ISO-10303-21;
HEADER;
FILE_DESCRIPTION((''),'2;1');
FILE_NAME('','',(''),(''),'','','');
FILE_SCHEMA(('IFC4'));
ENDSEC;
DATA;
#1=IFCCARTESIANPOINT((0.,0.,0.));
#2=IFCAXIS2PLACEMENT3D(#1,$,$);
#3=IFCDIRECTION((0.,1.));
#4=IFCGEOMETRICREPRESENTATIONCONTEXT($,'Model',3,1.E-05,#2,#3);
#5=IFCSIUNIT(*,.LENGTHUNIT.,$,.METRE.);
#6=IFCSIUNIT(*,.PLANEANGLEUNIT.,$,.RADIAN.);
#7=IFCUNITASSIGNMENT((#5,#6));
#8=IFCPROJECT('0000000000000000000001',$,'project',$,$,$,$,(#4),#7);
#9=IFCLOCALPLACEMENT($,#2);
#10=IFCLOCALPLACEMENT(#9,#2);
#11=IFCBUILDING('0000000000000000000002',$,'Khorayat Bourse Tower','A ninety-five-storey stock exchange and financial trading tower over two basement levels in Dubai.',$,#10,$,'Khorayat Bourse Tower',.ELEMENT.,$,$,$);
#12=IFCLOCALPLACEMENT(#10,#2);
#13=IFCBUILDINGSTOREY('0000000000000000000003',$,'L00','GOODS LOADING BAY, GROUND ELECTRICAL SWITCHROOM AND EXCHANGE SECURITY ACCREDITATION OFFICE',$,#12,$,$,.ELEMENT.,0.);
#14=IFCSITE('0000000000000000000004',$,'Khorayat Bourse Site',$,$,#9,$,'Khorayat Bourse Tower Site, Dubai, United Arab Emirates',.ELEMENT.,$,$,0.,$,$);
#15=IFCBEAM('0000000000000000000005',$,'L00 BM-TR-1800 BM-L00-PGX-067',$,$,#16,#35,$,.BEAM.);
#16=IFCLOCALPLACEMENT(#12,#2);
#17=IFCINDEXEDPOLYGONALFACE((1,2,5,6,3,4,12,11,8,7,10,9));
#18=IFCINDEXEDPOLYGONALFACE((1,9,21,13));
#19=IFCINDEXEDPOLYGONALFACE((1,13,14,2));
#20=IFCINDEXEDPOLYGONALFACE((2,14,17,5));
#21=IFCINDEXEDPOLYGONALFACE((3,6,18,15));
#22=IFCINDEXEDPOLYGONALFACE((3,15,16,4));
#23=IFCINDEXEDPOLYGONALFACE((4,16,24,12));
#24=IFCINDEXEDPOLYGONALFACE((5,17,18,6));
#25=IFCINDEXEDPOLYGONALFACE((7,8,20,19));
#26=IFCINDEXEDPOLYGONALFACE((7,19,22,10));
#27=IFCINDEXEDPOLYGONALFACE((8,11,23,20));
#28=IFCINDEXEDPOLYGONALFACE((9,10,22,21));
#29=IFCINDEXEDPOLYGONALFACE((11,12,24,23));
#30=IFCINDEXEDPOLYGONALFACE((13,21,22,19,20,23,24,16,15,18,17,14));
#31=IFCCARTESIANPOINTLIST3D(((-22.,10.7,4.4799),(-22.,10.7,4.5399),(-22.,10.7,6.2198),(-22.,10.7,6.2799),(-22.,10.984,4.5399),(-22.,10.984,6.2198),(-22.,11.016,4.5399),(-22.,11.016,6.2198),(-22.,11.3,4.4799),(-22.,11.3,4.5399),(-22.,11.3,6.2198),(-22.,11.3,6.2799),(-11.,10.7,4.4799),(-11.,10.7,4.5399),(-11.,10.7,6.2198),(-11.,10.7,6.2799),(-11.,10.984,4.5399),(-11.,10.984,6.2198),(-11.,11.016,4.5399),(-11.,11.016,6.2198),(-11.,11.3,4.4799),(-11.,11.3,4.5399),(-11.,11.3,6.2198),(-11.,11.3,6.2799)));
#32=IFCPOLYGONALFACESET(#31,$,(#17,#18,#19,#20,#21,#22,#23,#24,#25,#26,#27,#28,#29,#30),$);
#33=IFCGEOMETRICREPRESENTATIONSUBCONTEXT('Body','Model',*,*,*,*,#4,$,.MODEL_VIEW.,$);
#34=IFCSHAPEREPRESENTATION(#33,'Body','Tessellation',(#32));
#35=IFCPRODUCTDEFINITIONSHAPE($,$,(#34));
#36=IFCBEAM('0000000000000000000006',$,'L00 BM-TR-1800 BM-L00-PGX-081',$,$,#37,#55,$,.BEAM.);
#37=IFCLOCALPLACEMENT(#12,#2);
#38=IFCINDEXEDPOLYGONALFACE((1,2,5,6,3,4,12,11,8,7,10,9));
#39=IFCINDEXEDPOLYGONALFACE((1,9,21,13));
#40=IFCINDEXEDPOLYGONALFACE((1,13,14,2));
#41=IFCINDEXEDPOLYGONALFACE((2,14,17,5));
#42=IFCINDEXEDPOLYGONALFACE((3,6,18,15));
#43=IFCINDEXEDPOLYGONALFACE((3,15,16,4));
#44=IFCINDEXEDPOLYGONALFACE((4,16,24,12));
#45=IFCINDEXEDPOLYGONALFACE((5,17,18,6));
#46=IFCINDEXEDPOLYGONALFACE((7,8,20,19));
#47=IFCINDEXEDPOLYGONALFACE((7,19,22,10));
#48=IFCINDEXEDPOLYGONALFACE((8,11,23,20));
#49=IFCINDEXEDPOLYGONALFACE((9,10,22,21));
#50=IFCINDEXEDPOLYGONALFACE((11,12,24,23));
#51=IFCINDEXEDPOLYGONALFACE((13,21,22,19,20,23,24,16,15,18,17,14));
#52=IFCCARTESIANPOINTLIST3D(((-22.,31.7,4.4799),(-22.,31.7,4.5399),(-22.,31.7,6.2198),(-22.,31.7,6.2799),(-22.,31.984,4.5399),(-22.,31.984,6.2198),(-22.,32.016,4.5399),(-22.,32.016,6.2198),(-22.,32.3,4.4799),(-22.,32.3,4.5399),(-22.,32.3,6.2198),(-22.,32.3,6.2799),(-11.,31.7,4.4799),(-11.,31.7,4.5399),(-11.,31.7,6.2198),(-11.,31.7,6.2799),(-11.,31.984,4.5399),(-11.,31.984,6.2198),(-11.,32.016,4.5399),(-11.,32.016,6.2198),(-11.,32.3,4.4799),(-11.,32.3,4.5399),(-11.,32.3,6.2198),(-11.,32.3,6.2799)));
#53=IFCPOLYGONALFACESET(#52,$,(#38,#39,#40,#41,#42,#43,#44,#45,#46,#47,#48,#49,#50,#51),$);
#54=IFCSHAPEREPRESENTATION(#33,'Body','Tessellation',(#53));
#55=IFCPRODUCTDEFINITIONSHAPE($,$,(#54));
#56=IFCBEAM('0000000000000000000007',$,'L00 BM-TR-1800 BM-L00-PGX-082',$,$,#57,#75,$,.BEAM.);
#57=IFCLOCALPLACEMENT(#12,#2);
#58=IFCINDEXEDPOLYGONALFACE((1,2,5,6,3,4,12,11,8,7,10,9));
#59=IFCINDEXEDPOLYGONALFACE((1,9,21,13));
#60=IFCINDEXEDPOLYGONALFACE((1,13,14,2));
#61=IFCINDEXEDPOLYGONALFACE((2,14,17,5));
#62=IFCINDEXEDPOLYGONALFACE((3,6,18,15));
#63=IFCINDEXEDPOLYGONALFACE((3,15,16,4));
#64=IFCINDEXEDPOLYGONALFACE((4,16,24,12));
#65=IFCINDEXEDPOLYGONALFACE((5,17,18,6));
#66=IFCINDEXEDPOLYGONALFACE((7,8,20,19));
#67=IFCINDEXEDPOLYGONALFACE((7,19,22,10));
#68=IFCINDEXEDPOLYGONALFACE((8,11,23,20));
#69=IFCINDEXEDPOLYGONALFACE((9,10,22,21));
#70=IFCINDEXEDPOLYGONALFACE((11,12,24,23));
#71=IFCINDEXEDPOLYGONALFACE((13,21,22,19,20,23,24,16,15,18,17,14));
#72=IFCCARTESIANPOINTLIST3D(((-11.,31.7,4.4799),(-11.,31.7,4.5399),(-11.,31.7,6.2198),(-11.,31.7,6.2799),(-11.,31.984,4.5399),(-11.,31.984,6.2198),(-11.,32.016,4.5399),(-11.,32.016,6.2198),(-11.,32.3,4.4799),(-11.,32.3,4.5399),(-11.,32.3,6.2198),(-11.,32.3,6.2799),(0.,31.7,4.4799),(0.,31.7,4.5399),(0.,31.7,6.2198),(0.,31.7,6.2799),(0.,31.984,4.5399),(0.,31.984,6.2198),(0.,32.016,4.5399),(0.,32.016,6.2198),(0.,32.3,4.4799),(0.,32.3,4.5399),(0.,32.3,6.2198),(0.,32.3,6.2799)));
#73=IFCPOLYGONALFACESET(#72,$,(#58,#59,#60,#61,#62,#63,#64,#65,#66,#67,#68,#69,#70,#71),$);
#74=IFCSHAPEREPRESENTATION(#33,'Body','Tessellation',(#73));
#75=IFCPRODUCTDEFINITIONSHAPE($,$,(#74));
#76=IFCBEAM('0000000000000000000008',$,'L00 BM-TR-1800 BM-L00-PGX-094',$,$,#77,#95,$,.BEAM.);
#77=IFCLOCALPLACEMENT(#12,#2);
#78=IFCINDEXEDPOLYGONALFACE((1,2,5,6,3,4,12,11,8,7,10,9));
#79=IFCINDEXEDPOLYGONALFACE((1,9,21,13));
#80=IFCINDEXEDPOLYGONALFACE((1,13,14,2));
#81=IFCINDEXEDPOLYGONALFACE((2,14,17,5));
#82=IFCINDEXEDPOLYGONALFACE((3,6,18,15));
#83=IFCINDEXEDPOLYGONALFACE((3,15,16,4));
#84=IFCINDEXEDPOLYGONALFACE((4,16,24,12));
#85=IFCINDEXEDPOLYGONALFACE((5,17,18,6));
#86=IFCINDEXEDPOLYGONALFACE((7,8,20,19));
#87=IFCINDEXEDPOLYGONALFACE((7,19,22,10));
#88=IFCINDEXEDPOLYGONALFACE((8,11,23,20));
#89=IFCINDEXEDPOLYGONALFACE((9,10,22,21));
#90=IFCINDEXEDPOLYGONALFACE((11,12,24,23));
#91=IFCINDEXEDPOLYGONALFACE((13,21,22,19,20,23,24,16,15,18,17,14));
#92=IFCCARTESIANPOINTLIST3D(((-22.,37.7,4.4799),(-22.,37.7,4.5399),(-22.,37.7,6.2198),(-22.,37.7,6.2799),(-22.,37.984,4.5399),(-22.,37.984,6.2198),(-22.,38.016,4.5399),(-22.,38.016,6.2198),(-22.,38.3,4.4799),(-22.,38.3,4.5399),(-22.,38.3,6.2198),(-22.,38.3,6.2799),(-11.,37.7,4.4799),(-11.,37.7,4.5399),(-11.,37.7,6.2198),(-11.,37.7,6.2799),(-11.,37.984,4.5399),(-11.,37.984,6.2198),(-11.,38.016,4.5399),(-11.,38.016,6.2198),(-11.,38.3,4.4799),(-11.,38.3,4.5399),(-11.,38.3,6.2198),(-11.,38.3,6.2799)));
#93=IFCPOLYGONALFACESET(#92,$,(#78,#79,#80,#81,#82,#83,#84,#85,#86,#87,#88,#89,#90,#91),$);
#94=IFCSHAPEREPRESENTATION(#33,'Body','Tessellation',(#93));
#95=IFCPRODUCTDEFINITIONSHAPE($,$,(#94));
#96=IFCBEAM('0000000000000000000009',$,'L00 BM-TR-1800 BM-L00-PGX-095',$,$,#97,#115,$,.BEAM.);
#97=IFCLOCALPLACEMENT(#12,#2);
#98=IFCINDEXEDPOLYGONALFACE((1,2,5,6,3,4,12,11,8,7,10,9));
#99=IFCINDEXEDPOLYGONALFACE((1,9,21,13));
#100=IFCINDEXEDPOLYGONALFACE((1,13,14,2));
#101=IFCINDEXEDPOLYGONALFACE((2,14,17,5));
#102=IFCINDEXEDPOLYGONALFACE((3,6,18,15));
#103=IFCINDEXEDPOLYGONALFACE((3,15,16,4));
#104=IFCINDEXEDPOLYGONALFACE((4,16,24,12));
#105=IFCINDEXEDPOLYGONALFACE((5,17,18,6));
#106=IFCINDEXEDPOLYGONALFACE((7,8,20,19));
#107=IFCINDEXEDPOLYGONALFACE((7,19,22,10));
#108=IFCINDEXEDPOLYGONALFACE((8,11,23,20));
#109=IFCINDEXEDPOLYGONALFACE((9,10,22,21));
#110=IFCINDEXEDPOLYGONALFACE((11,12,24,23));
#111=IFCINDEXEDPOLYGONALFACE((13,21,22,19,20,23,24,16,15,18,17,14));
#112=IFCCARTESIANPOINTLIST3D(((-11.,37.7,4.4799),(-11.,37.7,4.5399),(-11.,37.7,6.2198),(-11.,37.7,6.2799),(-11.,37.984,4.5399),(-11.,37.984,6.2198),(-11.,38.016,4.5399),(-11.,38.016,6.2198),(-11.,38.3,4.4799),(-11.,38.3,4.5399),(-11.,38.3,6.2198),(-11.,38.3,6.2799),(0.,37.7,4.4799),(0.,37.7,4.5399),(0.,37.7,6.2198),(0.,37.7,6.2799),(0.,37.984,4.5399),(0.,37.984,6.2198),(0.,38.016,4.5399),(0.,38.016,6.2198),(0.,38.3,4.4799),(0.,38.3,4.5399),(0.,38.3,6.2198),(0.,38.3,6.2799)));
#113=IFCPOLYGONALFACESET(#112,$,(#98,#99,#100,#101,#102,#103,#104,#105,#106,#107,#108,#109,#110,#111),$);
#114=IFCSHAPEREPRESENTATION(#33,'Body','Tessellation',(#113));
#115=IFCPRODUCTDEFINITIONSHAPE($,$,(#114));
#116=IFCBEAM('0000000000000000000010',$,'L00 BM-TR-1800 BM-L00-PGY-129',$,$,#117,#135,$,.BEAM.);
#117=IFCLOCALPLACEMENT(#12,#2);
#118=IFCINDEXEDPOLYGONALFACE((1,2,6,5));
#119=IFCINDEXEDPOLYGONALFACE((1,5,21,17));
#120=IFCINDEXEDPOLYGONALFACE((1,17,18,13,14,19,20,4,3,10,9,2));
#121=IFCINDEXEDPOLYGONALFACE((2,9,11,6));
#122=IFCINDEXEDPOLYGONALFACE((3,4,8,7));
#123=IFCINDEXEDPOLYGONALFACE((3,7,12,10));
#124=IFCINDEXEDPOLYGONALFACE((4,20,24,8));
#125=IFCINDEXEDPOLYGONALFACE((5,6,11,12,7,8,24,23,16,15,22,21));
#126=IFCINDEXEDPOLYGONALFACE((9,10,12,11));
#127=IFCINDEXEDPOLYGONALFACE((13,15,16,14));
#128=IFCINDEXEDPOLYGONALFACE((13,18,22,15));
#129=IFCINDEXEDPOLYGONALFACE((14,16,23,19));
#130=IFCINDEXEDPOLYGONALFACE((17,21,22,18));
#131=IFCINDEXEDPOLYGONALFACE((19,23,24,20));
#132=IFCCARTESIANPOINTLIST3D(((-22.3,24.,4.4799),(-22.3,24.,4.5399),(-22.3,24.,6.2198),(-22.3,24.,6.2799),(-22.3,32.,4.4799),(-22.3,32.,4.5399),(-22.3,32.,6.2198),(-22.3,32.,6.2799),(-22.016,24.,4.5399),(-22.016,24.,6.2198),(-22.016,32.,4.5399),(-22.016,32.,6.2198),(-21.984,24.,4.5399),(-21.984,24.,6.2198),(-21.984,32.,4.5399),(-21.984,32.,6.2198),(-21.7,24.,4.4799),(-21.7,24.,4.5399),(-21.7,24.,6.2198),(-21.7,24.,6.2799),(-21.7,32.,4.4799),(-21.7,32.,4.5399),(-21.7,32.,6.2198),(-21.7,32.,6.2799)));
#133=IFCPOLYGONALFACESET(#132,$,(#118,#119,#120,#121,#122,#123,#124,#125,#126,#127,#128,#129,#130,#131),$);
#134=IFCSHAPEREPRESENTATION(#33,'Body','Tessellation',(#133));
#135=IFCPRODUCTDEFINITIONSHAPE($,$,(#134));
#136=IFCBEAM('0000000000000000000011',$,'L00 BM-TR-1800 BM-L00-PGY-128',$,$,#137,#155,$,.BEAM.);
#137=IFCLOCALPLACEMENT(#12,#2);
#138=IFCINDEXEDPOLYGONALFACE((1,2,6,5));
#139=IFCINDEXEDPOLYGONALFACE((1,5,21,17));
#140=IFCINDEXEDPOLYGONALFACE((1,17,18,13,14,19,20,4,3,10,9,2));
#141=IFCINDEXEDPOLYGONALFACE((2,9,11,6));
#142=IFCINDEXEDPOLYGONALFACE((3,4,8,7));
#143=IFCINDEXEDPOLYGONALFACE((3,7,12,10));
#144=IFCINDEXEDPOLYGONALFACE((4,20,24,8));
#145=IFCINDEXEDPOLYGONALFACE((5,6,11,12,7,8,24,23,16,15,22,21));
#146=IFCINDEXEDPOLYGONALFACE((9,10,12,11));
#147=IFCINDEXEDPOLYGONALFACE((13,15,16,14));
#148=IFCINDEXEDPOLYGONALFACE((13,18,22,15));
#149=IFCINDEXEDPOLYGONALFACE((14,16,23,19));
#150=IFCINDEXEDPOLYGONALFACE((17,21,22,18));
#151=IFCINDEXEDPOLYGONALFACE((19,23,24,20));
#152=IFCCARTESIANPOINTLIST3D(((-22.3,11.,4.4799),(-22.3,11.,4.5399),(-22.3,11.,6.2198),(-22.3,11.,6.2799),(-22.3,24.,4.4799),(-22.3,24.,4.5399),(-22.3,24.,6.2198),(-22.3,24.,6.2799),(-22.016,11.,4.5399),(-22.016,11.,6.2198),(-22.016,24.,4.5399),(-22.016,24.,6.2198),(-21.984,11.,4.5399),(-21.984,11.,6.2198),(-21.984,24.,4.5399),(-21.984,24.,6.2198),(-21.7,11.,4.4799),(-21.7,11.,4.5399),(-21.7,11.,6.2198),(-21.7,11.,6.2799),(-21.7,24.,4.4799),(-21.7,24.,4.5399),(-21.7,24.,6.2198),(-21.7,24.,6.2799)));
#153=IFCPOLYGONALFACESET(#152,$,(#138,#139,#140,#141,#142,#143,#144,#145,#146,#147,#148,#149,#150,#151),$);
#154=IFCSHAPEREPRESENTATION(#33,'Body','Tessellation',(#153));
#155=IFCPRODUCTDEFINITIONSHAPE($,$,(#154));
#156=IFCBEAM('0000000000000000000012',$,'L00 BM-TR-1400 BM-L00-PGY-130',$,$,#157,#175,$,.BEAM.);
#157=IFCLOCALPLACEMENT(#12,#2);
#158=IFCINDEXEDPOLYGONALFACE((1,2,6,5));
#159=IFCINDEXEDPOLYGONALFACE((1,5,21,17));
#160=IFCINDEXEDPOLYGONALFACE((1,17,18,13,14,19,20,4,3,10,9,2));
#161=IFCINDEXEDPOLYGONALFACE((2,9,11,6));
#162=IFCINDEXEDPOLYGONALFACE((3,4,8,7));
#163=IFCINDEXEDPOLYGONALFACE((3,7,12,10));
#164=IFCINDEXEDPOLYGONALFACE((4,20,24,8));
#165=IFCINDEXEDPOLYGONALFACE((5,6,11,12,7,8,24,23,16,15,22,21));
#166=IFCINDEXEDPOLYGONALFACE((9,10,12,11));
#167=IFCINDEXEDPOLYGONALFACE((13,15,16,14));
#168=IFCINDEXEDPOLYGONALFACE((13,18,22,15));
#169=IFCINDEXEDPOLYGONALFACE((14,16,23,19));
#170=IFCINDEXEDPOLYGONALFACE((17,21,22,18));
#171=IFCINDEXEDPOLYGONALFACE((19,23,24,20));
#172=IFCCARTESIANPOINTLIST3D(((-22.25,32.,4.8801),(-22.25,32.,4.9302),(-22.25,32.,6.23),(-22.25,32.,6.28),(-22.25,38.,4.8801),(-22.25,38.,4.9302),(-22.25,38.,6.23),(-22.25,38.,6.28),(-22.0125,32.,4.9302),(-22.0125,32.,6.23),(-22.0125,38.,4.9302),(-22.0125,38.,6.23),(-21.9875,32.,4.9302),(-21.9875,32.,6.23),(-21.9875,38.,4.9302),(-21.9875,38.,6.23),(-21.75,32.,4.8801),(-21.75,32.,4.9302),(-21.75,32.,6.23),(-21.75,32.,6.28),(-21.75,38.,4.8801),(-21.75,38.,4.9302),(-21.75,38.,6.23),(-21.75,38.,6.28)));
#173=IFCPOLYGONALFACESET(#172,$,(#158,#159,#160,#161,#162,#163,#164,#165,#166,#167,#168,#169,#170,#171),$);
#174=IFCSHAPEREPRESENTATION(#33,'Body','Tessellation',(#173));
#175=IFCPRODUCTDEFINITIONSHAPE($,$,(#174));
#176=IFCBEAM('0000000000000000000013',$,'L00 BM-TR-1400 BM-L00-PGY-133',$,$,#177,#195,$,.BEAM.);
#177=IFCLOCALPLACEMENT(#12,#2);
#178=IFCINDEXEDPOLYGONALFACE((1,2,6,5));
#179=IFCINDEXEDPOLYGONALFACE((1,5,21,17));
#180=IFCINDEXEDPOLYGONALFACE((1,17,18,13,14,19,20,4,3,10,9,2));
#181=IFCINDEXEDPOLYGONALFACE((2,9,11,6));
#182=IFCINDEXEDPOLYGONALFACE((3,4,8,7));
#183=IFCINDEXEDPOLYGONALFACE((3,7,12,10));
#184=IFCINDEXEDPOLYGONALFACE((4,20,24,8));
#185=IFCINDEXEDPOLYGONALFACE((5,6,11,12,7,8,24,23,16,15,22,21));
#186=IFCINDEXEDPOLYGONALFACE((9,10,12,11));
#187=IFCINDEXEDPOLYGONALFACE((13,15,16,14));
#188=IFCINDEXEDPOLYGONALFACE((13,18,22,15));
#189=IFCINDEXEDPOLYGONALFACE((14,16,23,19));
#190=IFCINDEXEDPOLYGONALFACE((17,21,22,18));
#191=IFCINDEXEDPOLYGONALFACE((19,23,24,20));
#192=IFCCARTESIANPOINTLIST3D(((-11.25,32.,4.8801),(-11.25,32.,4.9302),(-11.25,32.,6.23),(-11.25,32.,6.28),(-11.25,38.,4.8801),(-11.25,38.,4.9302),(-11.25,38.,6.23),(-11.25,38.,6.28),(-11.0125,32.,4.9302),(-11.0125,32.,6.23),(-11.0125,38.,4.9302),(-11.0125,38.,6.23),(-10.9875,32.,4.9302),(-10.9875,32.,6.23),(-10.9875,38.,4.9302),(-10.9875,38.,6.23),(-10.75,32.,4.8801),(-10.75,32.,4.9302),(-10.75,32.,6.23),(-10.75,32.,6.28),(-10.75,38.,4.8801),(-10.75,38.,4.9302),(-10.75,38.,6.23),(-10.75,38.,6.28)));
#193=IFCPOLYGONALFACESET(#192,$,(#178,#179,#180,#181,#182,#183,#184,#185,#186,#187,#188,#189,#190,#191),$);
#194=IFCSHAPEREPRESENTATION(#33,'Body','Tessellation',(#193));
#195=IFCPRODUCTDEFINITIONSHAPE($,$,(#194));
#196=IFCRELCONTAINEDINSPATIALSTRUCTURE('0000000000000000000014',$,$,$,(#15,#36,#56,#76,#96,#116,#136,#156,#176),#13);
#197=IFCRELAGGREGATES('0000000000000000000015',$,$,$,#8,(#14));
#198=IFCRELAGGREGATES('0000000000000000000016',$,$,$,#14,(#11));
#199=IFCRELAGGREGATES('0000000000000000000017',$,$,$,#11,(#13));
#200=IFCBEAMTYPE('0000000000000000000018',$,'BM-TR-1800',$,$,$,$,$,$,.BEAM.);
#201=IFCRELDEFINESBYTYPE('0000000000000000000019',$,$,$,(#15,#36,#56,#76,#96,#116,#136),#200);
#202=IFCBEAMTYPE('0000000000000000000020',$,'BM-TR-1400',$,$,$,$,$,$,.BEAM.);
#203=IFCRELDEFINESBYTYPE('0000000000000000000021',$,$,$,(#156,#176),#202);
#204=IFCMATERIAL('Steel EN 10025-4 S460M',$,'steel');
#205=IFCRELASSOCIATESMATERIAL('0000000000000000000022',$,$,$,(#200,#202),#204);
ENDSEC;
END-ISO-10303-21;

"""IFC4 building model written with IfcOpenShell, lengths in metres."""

from ifc_helpers import new_model, si_unit, direction, frame, origin, origin_2d, place, context, subcontext, project, spatial, i_section, extrude, source, transform, mapped, material, material_profile, profile_set, type_object, element, save


model = new_model("IFC4")

# Units and contexts
model_context = context("Model", 3, precision=1e-05, world=origin(), true_north=direction((0.0, 1.0)))
body_context = subcontext(model_context, "Body", "Model", "MODEL_VIEW")
ifc_project = project(units=[si_unit("LENGTHUNIT", "METRE"), si_unit("PLANEANGLEUNIT", "RADIAN")], contexts=[model_context])

# Site, building, storey
site_placement = place(None, origin())
site = spatial("IfcSite", under=ifc_project, at=site_placement, Name="Khorayat Bourse Site", LongName="Khorayat Bourse Tower Site, Dubai, United Arab Emirates", CompositionType="ELEMENT", RefElevation=0.0)
building_placement = place(site_placement, origin())
building = spatial("IfcBuilding", under=site, at=building_placement, Name="Khorayat Bourse Tower", Description="A ninety-five-storey stock exchange and financial trading tower over two basement levels in Dubai.", LongName="Khorayat Bourse Tower", CompositionType="ELEMENT")
storey_placement = place(building_placement, origin())
storey = spatial("IfcBuildingStorey", under=building, at=storey_placement, Name="L00", Description="GOODS LOADING BAY, GROUND ELECTRICAL SWITCHROOM AND EXCHANGE SECURITY ACCREDITATION OFFICE", CompositionType="ELEMENT", Elevation=0.0)

# Beams
ifc_material_1 = material(Name="Steel EN 10025-4 S460M", Category="steel")
ifc_material_profile_1 = material_profile(ifc_material_1, i_section(OverallWidth=0.6001, OverallDepth=1.8, WebThickness=0.032, FlangeThickness=0.0601, at=origin_2d()), Name="PG 1800x600x32x60")
ifc_profile_set_1 = profile_set([ifc_material_profile_1], Name="Steel EN 10025-4 S460M")
beam_type_1 = type_object("IfcBeamType", Name="BM-TR-1800", PredefinedType="BEAM", material=ifc_profile_set_1)
shared_shape_1 = source(origin(), body_context, "Body", "SweptSolid", [
    extrude(i_section(OverallWidth=0.6001, OverallDepth=1.8, WebThickness=0.032, FlangeThickness=0.0601, at=origin_2d()), origin(), (0.0, 0.0, 1.0), 11.0),
])
for number, where, z_axis, x_axis, name in (
    (1, (-22.0, 11.0, 5.3799), (1.0, 0.0, 0.0), (0.0, 1.0, 0.0), "L00 BM-TR-1800 BM-L00-PGX-067"),
    (2, (-22.0, 32.0, 5.3799), (1.0, 0.0, 0.0), (0.0, 1.0, 0.0), "L00 BM-TR-1800 BM-L00-PGX-081"),
    (3, (-11.0, 32.0, 5.3799), (1.0, 0.0, 0.0), (0.0, 1.0, 0.0), "L00 BM-TR-1800 BM-L00-PGX-082"),
    (4, (-22.0, 38.0, 5.3799), (1.0, 0.0, 0.0), (0.0, 1.0, 0.0), "L00 BM-TR-1800 BM-L00-PGX-094"),
    (5, (-11.0, 38.0, 5.3799), (1.0, 0.0, 0.0), (0.0, 1.0, 0.0), "L00 BM-TR-1800 BM-L00-PGX-095"),
):
    element("IfcBeam", number, at=place(storey_placement, frame(where, z_axis=z_axis, x_axis=x_axis)), inside=storey, type_object=beam_type_1, Name=name, PredefinedType="BEAM", context=body_context, shape_type="MappedRepresentation", body=[
        mapped(shared_shape_1, transform((0.0, 0.0, 0.0), scale=1.0)),
    ])
shared_shape_2 = source(origin(), body_context, "Body", "SweptSolid", [
    extrude(i_section(OverallWidth=0.6001, OverallDepth=1.8, WebThickness=0.032, FlangeThickness=0.0601, at=origin_2d()), origin(), (0.0, 0.0, 1.0), 8.0),
])
beam_1_placement = place(storey_placement, frame((-22.0, 24.0, 5.3799), z_axis=(0.0, 1.0, 0.0), x_axis=(-1.0, 0.0, 0.0)))
element("IfcBeam", 6, at=beam_1_placement, inside=storey, type_object=beam_type_1, Name="L00 BM-TR-1800 BM-L00-PGY-129", PredefinedType="BEAM", context=body_context, shape_type="MappedRepresentation", body=[
    mapped(shared_shape_2, transform((0.0, 0.0, 0.0), scale=1.0)),
])
shared_shape_3 = source(origin(), body_context, "Body", "SweptSolid", [
    extrude(i_section(OverallWidth=0.6001, OverallDepth=1.8, WebThickness=0.032, FlangeThickness=0.0601, at=origin_2d()), origin(), (0.0, 0.0, 1.0), 13.0),
])
beam_2_placement = place(storey_placement, frame((-22.0, 11.0, 5.3799), z_axis=(0.0, 1.0, 0.0), x_axis=(-1.0, 0.0, 0.0)))
element("IfcBeam", 7, at=beam_2_placement, inside=storey, type_object=beam_type_1, Name="L00 BM-TR-1800 BM-L00-PGY-128", PredefinedType="BEAM", context=body_context, shape_type="MappedRepresentation", body=[
    mapped(shared_shape_3, transform((0.0, 0.0, 0.0), scale=1.0)),
])
ifc_material_profile_2 = material_profile(ifc_material_1, i_section(OverallWidth=0.5, OverallDepth=1.3999, WebThickness=0.0249, FlangeThickness=0.05, at=origin_2d()), Name="PG 1400x500x25x50")
ifc_profile_set_2 = profile_set([ifc_material_profile_2], Name="Steel EN 10025-4 S460M")
beam_type_2 = type_object("IfcBeamType", Name="BM-TR-1400", PredefinedType="BEAM", material=ifc_profile_set_2)
shared_shape_4 = source(origin(), body_context, "Body", "SweptSolid", [
    extrude(i_section(OverallWidth=0.5, OverallDepth=1.3999, WebThickness=0.0249, FlangeThickness=0.05, at=origin_2d()), origin(), (0.0, 0.0, 1.0), 6.0),
])
for number, where, z_axis, x_axis, name in (
    (8, (-22.0, 32.0, 5.5801), (0.0, 1.0, 0.0), (-1.0, 0.0, 0.0), "L00 BM-TR-1400 BM-L00-PGY-130"),
    (9, (-11.0, 32.0, 5.5801), (0.0, 1.0, 0.0), (-1.0, 0.0, 0.0), "L00 BM-TR-1400 BM-L00-PGY-133"),
):
    element("IfcBeam", number, at=place(storey_placement, frame(where, z_axis=z_axis, x_axis=x_axis)), inside=storey, type_object=beam_type_2, Name=name, PredefinedType="BEAM", context=body_context, shape_type="MappedRepresentation", body=[
        mapped(shared_shape_4, transform((0.0, 0.0, 0.0), scale=1.0)),
    ])

save(model, "model.ifc")
